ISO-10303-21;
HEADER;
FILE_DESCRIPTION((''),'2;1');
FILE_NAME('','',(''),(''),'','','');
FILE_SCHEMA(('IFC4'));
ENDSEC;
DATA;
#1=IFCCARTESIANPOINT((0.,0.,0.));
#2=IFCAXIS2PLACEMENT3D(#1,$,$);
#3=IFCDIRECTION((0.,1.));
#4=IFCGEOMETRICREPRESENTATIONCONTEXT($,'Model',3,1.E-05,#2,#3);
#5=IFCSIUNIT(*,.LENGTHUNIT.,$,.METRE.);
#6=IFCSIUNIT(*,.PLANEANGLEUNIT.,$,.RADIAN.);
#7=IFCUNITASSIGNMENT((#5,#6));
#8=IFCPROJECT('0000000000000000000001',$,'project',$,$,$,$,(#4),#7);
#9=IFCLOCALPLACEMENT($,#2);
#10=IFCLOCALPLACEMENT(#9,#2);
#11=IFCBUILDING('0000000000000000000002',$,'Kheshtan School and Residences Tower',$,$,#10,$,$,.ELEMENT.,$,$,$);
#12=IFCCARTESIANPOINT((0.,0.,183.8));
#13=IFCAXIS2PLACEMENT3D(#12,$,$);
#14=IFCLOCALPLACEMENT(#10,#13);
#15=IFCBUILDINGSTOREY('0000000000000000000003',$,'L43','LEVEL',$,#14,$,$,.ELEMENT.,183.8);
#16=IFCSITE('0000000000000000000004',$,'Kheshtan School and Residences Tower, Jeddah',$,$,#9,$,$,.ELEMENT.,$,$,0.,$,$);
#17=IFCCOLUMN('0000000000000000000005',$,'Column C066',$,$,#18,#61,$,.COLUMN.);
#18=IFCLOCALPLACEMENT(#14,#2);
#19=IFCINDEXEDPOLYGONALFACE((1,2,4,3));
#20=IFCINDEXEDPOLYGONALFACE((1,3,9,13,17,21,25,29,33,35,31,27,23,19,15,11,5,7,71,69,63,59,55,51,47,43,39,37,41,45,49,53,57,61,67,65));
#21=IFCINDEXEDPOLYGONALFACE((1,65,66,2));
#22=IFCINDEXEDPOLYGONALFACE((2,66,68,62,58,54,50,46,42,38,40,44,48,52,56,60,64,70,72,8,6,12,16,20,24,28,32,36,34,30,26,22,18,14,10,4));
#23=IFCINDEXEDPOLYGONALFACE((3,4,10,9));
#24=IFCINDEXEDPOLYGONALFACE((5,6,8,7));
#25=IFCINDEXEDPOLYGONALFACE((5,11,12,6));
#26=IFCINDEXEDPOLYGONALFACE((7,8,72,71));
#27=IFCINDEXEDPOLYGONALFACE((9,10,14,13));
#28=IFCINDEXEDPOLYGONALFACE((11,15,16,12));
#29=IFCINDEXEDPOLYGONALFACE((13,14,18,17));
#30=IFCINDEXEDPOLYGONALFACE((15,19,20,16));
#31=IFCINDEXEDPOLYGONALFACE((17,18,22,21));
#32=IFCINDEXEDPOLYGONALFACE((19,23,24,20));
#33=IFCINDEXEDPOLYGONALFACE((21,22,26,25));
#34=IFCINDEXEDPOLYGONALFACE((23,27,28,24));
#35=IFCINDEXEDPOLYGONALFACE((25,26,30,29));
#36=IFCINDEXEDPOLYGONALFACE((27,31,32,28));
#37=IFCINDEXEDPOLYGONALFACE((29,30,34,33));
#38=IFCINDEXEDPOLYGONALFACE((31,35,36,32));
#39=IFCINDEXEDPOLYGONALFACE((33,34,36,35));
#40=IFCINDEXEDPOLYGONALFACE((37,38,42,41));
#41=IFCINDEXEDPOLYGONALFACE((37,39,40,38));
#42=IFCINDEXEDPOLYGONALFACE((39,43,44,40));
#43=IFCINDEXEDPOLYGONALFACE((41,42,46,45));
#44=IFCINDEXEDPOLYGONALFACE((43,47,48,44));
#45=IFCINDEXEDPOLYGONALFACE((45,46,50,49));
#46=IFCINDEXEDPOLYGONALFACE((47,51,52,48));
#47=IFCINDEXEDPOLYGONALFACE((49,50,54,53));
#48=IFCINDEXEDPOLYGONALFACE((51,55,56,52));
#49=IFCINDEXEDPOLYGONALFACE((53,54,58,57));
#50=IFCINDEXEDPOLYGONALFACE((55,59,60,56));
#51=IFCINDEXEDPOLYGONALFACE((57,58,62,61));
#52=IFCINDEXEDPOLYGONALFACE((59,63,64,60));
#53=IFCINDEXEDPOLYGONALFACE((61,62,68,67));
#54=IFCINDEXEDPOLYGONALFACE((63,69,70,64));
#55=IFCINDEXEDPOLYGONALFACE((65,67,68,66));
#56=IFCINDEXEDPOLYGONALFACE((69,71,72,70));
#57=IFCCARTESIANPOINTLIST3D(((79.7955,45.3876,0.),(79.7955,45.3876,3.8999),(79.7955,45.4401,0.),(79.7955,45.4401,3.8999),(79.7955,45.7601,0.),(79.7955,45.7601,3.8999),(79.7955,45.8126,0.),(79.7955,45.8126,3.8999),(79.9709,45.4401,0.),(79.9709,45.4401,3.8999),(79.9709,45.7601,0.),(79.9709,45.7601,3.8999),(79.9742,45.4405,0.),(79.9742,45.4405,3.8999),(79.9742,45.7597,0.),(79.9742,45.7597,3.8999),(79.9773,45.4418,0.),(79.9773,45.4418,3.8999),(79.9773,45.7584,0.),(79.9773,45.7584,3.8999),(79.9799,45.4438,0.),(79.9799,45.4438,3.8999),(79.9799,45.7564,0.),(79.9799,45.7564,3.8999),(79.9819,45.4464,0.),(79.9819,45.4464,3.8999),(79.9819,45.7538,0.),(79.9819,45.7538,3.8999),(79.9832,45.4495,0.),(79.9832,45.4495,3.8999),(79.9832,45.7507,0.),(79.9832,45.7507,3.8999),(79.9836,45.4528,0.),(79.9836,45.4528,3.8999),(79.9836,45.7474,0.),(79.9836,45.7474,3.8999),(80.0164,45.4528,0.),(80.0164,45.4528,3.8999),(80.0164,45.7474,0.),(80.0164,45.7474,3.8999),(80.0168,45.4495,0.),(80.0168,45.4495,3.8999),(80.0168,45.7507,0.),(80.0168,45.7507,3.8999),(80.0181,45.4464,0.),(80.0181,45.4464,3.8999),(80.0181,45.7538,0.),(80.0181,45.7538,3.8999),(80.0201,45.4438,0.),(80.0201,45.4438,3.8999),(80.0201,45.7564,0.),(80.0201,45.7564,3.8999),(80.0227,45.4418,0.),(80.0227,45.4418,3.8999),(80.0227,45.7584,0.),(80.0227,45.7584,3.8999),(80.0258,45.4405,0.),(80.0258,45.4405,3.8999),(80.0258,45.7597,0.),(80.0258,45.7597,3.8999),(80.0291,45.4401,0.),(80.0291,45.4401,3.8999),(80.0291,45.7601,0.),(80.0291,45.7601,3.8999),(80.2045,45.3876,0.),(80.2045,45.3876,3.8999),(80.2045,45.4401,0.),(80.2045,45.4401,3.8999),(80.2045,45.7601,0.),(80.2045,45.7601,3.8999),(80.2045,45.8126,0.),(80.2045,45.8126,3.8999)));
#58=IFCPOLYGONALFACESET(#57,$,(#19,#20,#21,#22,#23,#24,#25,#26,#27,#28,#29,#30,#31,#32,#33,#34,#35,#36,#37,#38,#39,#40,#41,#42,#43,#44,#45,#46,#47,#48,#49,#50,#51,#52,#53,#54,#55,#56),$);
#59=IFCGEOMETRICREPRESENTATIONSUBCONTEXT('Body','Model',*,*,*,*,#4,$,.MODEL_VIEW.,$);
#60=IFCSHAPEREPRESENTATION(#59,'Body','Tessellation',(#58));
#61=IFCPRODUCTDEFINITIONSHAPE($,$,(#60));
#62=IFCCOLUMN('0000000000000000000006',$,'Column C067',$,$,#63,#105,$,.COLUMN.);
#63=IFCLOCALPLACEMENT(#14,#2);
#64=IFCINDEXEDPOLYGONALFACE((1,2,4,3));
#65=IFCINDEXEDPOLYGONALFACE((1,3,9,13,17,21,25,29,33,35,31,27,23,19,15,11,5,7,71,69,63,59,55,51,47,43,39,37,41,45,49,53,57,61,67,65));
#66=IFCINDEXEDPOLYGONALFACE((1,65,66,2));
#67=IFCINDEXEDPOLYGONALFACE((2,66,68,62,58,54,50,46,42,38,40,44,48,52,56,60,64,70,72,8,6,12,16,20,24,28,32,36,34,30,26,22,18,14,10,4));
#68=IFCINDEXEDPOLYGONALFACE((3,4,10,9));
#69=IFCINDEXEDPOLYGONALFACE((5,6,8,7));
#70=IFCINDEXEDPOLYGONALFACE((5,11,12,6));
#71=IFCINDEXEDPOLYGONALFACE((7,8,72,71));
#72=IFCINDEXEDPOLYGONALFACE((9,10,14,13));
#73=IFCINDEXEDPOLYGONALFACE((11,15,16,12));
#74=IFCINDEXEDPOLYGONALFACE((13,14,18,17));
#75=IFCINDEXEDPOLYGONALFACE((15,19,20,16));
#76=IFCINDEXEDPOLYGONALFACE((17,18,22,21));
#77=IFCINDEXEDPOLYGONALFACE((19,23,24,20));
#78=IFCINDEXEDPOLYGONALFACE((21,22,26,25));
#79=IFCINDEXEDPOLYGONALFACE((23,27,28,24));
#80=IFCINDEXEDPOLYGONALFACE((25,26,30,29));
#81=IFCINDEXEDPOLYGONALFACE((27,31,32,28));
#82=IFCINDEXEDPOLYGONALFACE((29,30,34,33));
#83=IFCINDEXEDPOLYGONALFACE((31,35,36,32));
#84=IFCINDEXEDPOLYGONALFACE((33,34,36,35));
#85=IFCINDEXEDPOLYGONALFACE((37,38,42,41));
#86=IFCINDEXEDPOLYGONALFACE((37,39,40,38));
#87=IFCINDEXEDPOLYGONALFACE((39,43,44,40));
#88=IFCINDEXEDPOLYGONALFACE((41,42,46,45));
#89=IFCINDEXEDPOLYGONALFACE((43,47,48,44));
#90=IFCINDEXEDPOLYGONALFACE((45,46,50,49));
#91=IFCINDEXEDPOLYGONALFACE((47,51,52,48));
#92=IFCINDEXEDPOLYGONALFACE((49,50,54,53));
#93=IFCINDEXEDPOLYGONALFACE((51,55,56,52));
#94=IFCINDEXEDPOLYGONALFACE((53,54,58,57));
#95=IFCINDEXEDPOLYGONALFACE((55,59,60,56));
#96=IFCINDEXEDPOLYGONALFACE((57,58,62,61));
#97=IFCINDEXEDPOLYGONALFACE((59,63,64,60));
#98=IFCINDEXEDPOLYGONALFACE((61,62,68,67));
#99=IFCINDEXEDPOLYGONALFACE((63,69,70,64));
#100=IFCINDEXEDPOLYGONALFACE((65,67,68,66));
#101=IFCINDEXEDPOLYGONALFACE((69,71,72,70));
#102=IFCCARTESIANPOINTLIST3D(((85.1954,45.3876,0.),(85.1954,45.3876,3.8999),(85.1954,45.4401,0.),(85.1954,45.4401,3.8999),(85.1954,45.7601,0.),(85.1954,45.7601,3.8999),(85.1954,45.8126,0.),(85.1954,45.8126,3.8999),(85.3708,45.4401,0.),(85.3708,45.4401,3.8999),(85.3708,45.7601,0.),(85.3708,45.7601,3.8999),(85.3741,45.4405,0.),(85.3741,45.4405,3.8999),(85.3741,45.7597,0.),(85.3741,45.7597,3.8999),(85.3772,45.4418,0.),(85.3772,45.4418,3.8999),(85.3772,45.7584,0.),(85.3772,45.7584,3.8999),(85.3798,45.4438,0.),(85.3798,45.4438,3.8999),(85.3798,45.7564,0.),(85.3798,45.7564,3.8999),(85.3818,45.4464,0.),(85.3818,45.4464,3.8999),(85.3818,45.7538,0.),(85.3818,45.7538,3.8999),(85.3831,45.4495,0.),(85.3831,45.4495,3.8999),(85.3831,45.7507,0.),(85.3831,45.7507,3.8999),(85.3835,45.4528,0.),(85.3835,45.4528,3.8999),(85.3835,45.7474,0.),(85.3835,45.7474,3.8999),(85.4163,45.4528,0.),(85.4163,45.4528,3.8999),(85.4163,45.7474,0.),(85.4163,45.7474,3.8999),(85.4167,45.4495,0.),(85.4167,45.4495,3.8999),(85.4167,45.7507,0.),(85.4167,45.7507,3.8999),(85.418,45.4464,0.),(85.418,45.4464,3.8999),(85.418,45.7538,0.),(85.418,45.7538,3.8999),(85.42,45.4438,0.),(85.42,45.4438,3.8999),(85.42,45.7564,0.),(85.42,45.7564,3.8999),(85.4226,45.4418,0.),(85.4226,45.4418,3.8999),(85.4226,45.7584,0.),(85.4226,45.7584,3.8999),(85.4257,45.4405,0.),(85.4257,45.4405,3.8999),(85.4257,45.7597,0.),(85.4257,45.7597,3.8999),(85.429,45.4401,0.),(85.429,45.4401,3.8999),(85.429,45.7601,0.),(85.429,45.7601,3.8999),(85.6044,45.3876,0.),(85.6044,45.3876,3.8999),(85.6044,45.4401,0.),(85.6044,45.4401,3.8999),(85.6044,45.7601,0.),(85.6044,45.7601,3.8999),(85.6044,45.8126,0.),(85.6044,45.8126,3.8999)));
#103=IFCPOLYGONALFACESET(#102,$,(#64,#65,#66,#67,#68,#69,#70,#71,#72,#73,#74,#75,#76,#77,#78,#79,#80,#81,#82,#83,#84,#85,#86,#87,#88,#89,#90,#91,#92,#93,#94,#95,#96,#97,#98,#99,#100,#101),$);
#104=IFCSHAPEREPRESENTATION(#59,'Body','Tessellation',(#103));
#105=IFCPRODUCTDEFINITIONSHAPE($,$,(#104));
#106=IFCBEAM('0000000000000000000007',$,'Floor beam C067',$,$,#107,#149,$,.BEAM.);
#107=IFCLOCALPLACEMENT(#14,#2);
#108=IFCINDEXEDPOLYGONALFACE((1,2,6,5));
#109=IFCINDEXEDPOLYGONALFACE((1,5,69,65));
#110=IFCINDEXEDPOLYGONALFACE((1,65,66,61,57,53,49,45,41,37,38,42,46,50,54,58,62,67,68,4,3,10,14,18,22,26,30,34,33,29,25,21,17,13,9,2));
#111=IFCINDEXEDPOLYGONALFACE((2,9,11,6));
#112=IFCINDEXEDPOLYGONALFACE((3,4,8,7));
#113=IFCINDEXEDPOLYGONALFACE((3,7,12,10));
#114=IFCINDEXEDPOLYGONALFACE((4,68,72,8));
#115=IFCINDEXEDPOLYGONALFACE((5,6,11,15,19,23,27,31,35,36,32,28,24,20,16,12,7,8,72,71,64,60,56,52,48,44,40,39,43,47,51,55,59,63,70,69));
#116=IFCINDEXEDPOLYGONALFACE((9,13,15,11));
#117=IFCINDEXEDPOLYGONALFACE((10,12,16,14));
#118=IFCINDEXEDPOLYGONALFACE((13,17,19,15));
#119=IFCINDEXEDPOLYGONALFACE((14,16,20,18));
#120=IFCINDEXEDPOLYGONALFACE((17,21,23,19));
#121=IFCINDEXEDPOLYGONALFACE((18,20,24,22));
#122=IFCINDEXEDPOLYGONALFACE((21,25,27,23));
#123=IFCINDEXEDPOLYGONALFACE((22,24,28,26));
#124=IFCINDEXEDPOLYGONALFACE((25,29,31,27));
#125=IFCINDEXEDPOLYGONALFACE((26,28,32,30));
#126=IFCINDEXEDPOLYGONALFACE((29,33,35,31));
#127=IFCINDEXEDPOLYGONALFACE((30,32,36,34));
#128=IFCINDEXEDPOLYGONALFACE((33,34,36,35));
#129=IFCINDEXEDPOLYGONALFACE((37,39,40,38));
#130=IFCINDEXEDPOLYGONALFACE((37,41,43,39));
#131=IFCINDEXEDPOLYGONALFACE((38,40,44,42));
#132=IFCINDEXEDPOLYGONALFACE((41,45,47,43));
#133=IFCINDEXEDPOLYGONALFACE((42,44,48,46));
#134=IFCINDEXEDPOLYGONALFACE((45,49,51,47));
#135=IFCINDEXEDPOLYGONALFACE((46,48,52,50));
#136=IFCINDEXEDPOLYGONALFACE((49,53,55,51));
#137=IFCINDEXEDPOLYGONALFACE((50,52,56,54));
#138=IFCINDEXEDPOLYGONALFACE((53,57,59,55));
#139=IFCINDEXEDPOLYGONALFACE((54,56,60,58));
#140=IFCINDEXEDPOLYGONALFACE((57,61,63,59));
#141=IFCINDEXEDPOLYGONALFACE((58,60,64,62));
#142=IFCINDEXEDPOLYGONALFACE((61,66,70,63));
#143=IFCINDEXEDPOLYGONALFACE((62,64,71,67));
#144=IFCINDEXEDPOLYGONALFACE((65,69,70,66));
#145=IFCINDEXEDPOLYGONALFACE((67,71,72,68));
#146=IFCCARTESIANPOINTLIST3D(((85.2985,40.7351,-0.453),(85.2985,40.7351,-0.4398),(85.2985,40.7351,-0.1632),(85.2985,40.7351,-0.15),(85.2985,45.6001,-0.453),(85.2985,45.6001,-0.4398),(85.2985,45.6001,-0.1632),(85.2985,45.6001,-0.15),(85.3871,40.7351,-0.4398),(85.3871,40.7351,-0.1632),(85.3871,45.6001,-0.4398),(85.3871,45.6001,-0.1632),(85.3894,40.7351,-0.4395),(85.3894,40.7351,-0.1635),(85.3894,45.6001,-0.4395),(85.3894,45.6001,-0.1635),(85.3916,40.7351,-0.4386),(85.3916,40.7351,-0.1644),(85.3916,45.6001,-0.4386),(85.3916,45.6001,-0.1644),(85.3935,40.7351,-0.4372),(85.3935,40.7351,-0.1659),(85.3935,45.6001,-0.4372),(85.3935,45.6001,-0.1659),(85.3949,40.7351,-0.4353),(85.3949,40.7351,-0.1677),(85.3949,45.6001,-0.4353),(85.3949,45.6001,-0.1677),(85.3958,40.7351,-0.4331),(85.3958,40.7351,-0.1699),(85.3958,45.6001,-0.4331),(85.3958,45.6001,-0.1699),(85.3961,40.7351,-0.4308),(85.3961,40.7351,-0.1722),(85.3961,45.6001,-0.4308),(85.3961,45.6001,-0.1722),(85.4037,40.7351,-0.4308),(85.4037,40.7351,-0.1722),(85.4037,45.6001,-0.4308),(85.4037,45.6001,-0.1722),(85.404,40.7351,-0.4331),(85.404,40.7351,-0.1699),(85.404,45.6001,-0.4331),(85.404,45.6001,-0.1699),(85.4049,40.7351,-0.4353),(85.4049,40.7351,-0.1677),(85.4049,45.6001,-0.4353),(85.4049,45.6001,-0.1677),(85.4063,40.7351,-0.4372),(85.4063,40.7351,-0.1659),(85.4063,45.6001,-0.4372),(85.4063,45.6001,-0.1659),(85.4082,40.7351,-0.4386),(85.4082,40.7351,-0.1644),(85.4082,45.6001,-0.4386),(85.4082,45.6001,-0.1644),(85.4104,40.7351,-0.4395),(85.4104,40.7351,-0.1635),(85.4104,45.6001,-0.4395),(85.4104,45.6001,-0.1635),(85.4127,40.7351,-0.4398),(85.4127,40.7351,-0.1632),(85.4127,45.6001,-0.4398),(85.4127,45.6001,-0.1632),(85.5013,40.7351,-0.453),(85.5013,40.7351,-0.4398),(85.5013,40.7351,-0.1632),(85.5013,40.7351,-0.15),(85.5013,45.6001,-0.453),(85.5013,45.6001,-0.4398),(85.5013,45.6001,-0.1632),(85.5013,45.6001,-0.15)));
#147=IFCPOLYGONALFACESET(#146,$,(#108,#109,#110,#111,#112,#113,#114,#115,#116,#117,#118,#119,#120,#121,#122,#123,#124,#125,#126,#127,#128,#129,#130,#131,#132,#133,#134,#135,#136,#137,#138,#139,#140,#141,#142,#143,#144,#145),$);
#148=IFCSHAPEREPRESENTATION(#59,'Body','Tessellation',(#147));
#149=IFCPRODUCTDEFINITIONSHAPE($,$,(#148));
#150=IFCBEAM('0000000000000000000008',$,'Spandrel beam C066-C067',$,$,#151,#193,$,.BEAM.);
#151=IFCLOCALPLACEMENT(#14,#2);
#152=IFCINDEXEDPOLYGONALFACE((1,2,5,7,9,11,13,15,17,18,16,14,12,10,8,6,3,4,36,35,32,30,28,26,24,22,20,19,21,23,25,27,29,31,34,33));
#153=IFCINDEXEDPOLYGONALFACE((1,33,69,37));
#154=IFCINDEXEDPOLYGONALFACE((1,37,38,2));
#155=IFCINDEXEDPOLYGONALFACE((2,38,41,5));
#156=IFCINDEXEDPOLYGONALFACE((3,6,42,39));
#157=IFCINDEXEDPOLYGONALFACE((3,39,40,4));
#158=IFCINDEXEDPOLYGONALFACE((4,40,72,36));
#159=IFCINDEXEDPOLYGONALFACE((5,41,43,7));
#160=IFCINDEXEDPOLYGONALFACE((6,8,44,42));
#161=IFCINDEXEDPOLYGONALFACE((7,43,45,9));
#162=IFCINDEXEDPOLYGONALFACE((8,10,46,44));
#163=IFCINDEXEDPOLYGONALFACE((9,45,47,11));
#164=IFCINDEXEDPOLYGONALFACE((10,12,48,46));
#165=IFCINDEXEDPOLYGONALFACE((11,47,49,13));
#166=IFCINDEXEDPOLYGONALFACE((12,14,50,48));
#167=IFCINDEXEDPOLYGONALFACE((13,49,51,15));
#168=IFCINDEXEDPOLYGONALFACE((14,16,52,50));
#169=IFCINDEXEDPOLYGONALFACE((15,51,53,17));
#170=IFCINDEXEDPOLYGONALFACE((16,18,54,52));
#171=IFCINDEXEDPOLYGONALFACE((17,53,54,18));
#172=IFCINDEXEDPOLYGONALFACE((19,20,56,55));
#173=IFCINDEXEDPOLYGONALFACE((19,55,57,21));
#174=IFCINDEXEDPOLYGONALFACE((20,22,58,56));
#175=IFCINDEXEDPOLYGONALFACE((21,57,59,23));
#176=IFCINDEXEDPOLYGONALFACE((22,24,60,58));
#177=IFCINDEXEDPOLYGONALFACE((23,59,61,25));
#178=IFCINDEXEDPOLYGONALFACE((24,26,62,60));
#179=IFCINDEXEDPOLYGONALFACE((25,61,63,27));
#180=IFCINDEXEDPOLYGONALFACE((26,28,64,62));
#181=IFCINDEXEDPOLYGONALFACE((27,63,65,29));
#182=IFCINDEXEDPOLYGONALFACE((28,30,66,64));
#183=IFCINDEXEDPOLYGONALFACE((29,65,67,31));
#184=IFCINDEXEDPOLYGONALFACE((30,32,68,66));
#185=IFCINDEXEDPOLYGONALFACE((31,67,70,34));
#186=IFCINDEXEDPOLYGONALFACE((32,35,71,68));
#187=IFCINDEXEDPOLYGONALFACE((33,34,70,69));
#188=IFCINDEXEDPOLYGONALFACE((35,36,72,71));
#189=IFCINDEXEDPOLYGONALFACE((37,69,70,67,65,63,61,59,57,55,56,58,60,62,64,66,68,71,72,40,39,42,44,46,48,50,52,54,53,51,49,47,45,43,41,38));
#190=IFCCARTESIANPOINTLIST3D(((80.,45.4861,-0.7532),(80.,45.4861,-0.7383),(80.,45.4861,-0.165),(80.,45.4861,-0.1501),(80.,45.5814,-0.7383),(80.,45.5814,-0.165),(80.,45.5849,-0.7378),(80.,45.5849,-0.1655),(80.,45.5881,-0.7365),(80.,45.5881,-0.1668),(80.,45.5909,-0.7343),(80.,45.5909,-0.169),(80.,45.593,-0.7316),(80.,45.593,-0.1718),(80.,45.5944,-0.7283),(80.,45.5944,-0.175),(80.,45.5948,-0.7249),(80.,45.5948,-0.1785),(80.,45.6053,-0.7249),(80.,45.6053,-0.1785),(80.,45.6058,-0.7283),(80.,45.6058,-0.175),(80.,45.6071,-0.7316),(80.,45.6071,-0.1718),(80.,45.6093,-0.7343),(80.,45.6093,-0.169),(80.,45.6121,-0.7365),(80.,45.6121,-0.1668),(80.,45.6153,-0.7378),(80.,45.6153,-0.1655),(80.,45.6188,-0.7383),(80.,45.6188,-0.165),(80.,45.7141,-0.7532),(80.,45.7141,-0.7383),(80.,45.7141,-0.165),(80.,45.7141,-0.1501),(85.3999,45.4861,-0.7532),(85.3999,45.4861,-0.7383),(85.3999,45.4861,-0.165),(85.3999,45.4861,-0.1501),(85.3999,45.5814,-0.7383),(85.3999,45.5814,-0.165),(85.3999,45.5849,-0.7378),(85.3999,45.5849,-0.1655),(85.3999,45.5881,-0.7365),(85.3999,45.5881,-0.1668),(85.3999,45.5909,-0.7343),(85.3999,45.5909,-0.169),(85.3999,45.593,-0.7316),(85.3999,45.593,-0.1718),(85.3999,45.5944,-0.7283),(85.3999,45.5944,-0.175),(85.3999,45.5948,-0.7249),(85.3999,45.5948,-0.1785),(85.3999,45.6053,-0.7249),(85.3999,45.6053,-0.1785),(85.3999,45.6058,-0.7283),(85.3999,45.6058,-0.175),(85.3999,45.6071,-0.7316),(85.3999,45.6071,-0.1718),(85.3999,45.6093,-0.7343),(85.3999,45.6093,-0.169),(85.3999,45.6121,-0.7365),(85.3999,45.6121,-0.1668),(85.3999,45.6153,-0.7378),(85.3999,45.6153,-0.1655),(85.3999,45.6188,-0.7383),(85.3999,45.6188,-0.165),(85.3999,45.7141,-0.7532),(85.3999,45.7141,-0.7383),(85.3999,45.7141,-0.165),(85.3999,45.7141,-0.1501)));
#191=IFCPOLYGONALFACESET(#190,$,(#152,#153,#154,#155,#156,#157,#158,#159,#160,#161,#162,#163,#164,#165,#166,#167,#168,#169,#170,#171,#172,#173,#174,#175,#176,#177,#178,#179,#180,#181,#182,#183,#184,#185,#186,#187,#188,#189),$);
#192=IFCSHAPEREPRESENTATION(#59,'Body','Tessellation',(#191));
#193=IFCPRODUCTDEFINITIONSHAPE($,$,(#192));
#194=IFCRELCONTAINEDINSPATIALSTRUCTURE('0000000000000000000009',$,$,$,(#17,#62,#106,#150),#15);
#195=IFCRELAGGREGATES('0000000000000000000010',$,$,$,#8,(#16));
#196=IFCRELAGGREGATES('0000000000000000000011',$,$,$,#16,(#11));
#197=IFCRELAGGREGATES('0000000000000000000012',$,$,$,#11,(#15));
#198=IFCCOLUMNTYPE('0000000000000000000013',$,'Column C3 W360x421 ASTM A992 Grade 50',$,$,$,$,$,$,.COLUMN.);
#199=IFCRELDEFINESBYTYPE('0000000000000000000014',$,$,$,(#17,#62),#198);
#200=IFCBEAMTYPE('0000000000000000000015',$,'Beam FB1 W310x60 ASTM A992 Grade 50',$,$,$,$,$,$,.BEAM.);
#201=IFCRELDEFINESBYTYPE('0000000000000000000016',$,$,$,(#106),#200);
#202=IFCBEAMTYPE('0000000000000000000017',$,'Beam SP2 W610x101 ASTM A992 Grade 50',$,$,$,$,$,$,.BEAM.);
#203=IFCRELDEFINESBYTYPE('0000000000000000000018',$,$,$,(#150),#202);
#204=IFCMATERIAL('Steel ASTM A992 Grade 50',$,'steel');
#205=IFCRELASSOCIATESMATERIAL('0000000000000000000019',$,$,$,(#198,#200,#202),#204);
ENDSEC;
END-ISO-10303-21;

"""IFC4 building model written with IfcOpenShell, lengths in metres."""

from ifc_helpers import new_model, si_unit, direction, frame, origin, origin_2d, place, context, subcontext, project, spatial, i_section, extrude, material, material_profile, profile_set, type_object, element, save


model = new_model("IFC4")

# Units and contexts
model_context = context("Model", 3, precision=1e-05, world=origin(), true_north=direction((0.0, 1.0)))
body_context = subcontext(model_context, "Body", "Model", "MODEL_VIEW")
ifc_project = project(units=[si_unit("LENGTHUNIT", "METRE"), si_unit("PLANEANGLEUNIT", "RADIAN")], contexts=[model_context])

# Site, building, storey
site_placement = place(None, origin())
site = spatial("IfcSite", under=ifc_project, at=site_placement, Name="Kheshtan School and Residences Tower, Jeddah", CompositionType="ELEMENT", RefElevation=0.0)
building_placement = place(site_placement, origin())
building = spatial("IfcBuilding", under=site, at=building_placement, Name="Kheshtan School and Residences Tower", CompositionType="ELEMENT")
storey_placement = place(building_placement, frame((0.0, 0.0, 183.8)))
storey = spatial("IfcBuildingStorey", under=building, at=storey_placement, Name="L43", Description="LEVEL", CompositionType="ELEMENT", Elevation=183.8)

# Columns
ifc_material_1 = material(Name="Steel ASTM A992 Grade 50", Category="steel")
ifc_material_profile_1 = material_profile(ifc_material_1, i_section(OverallWidth=0.4089, OverallDepth=0.425, WebThickness=0.0327, FlangeThickness=0.0525, FilletRadius=0.0127, at=origin_2d()), Name="W360x421")
ifc_profile_set_1 = profile_set([ifc_material_profile_1], Name="Steel ASTM A992 Grade 50")
column_type = type_object("IfcColumnType", Name="Column C3 W360x421 ASTM A992 Grade 50", PredefinedType="COLUMN", material=ifc_profile_set_1)
for number, where, z_axis, x_axis, name in (
    (1, (80.0, 45.6001, 0.0), (0.0, 0.0, 1.0), (1.0, 0.0, 0.0), "Column C066"),
    (2, (85.3999, 45.6001, 0.0), (0.0, 0.0, 1.0), (1.0, 0.0, 0.0), "Column C067"),
):
    element("IfcColumn", number, at=place(storey_placement, frame(where, z_axis=z_axis, x_axis=x_axis)), inside=storey, type_object=column_type, Name=name, PredefinedType="COLUMN", context=body_context, shape_type="SweptSolid", body=[
        extrude(i_section(OverallWidth=0.4089, OverallDepth=0.425, WebThickness=0.0327, FlangeThickness=0.0525, FilletRadius=0.0127, at=origin_2d()), origin(), (0.0, 0.0, 1.0), 3.8999),
    ])

# Beams
ifc_material_profile_2 = material_profile(ifc_material_1, i_section(OverallWidth=0.2029, OverallDepth=0.303, WebThickness=0.0076, FlangeThickness=0.0132, FilletRadius=0.009, at=origin_2d()), Name="W310x60")
ifc_profile_set_2 = profile_set([ifc_material_profile_2], Name="Steel ASTM A992 Grade 50")
beam_type_1 = type_object("IfcBeamType", Name="Beam FB1 W310x60 ASTM A992 Grade 50", PredefinedType="BEAM", material=ifc_profile_set_2)
beam_1_placement = place(storey_placement, frame((85.3999, 45.6001, -0.3015), z_axis=(0.0, -1.0, 0.0), x_axis=(1.0, 0.0, 0.0)))
element("IfcBeam", 3, at=beam_1_placement, inside=storey, type_object=beam_type_1, Name="Floor beam C067", PredefinedType="BEAM", context=body_context, shape_type="SweptSolid", body=[
    extrude(i_section(OverallWidth=0.2029, OverallDepth=0.303, WebThickness=0.0076, FlangeThickness=0.0132, FilletRadius=0.009, at=origin_2d()), origin(), (0.0, 0.0, 1.0), 4.865),
])
ifc_material_profile_3 = material_profile(ifc_material_1, i_section(OverallWidth=0.228, OverallDepth=0.603, WebThickness=0.0105, FlangeThickness=0.0149, FilletRadius=0.0134, at=origin_2d()), Name="W610x101")
ifc_profile_set_3 = profile_set([ifc_material_profile_3], Name="Steel ASTM A992 Grade 50")
beam_type_2 = type_object("IfcBeamType", Name="Beam SP2 W610x101 ASTM A992 Grade 50", PredefinedType="BEAM", material=ifc_profile_set_3)
beam_2_placement = place(storey_placement, frame((80.0, 45.6001, -0.4517), z_axis=(1.0, 0.0, 0.0), x_axis=(0.0, 1.0, 0.0)))
element("IfcBeam", 4, at=beam_2_placement, inside=storey, type_object=beam_type_2, Name="Spandrel beam C066-C067", PredefinedType="BEAM", context=body_context, shape_type="SweptSolid", body=[
    extrude(i_section(OverallWidth=0.228, OverallDepth=0.603, WebThickness=0.0105, FlangeThickness=0.0149, FilletRadius=0.0134, at=origin_2d()), origin(), (0.0, 0.0, 1.0), 5.3999),
])

save(model, "model.ifc")
